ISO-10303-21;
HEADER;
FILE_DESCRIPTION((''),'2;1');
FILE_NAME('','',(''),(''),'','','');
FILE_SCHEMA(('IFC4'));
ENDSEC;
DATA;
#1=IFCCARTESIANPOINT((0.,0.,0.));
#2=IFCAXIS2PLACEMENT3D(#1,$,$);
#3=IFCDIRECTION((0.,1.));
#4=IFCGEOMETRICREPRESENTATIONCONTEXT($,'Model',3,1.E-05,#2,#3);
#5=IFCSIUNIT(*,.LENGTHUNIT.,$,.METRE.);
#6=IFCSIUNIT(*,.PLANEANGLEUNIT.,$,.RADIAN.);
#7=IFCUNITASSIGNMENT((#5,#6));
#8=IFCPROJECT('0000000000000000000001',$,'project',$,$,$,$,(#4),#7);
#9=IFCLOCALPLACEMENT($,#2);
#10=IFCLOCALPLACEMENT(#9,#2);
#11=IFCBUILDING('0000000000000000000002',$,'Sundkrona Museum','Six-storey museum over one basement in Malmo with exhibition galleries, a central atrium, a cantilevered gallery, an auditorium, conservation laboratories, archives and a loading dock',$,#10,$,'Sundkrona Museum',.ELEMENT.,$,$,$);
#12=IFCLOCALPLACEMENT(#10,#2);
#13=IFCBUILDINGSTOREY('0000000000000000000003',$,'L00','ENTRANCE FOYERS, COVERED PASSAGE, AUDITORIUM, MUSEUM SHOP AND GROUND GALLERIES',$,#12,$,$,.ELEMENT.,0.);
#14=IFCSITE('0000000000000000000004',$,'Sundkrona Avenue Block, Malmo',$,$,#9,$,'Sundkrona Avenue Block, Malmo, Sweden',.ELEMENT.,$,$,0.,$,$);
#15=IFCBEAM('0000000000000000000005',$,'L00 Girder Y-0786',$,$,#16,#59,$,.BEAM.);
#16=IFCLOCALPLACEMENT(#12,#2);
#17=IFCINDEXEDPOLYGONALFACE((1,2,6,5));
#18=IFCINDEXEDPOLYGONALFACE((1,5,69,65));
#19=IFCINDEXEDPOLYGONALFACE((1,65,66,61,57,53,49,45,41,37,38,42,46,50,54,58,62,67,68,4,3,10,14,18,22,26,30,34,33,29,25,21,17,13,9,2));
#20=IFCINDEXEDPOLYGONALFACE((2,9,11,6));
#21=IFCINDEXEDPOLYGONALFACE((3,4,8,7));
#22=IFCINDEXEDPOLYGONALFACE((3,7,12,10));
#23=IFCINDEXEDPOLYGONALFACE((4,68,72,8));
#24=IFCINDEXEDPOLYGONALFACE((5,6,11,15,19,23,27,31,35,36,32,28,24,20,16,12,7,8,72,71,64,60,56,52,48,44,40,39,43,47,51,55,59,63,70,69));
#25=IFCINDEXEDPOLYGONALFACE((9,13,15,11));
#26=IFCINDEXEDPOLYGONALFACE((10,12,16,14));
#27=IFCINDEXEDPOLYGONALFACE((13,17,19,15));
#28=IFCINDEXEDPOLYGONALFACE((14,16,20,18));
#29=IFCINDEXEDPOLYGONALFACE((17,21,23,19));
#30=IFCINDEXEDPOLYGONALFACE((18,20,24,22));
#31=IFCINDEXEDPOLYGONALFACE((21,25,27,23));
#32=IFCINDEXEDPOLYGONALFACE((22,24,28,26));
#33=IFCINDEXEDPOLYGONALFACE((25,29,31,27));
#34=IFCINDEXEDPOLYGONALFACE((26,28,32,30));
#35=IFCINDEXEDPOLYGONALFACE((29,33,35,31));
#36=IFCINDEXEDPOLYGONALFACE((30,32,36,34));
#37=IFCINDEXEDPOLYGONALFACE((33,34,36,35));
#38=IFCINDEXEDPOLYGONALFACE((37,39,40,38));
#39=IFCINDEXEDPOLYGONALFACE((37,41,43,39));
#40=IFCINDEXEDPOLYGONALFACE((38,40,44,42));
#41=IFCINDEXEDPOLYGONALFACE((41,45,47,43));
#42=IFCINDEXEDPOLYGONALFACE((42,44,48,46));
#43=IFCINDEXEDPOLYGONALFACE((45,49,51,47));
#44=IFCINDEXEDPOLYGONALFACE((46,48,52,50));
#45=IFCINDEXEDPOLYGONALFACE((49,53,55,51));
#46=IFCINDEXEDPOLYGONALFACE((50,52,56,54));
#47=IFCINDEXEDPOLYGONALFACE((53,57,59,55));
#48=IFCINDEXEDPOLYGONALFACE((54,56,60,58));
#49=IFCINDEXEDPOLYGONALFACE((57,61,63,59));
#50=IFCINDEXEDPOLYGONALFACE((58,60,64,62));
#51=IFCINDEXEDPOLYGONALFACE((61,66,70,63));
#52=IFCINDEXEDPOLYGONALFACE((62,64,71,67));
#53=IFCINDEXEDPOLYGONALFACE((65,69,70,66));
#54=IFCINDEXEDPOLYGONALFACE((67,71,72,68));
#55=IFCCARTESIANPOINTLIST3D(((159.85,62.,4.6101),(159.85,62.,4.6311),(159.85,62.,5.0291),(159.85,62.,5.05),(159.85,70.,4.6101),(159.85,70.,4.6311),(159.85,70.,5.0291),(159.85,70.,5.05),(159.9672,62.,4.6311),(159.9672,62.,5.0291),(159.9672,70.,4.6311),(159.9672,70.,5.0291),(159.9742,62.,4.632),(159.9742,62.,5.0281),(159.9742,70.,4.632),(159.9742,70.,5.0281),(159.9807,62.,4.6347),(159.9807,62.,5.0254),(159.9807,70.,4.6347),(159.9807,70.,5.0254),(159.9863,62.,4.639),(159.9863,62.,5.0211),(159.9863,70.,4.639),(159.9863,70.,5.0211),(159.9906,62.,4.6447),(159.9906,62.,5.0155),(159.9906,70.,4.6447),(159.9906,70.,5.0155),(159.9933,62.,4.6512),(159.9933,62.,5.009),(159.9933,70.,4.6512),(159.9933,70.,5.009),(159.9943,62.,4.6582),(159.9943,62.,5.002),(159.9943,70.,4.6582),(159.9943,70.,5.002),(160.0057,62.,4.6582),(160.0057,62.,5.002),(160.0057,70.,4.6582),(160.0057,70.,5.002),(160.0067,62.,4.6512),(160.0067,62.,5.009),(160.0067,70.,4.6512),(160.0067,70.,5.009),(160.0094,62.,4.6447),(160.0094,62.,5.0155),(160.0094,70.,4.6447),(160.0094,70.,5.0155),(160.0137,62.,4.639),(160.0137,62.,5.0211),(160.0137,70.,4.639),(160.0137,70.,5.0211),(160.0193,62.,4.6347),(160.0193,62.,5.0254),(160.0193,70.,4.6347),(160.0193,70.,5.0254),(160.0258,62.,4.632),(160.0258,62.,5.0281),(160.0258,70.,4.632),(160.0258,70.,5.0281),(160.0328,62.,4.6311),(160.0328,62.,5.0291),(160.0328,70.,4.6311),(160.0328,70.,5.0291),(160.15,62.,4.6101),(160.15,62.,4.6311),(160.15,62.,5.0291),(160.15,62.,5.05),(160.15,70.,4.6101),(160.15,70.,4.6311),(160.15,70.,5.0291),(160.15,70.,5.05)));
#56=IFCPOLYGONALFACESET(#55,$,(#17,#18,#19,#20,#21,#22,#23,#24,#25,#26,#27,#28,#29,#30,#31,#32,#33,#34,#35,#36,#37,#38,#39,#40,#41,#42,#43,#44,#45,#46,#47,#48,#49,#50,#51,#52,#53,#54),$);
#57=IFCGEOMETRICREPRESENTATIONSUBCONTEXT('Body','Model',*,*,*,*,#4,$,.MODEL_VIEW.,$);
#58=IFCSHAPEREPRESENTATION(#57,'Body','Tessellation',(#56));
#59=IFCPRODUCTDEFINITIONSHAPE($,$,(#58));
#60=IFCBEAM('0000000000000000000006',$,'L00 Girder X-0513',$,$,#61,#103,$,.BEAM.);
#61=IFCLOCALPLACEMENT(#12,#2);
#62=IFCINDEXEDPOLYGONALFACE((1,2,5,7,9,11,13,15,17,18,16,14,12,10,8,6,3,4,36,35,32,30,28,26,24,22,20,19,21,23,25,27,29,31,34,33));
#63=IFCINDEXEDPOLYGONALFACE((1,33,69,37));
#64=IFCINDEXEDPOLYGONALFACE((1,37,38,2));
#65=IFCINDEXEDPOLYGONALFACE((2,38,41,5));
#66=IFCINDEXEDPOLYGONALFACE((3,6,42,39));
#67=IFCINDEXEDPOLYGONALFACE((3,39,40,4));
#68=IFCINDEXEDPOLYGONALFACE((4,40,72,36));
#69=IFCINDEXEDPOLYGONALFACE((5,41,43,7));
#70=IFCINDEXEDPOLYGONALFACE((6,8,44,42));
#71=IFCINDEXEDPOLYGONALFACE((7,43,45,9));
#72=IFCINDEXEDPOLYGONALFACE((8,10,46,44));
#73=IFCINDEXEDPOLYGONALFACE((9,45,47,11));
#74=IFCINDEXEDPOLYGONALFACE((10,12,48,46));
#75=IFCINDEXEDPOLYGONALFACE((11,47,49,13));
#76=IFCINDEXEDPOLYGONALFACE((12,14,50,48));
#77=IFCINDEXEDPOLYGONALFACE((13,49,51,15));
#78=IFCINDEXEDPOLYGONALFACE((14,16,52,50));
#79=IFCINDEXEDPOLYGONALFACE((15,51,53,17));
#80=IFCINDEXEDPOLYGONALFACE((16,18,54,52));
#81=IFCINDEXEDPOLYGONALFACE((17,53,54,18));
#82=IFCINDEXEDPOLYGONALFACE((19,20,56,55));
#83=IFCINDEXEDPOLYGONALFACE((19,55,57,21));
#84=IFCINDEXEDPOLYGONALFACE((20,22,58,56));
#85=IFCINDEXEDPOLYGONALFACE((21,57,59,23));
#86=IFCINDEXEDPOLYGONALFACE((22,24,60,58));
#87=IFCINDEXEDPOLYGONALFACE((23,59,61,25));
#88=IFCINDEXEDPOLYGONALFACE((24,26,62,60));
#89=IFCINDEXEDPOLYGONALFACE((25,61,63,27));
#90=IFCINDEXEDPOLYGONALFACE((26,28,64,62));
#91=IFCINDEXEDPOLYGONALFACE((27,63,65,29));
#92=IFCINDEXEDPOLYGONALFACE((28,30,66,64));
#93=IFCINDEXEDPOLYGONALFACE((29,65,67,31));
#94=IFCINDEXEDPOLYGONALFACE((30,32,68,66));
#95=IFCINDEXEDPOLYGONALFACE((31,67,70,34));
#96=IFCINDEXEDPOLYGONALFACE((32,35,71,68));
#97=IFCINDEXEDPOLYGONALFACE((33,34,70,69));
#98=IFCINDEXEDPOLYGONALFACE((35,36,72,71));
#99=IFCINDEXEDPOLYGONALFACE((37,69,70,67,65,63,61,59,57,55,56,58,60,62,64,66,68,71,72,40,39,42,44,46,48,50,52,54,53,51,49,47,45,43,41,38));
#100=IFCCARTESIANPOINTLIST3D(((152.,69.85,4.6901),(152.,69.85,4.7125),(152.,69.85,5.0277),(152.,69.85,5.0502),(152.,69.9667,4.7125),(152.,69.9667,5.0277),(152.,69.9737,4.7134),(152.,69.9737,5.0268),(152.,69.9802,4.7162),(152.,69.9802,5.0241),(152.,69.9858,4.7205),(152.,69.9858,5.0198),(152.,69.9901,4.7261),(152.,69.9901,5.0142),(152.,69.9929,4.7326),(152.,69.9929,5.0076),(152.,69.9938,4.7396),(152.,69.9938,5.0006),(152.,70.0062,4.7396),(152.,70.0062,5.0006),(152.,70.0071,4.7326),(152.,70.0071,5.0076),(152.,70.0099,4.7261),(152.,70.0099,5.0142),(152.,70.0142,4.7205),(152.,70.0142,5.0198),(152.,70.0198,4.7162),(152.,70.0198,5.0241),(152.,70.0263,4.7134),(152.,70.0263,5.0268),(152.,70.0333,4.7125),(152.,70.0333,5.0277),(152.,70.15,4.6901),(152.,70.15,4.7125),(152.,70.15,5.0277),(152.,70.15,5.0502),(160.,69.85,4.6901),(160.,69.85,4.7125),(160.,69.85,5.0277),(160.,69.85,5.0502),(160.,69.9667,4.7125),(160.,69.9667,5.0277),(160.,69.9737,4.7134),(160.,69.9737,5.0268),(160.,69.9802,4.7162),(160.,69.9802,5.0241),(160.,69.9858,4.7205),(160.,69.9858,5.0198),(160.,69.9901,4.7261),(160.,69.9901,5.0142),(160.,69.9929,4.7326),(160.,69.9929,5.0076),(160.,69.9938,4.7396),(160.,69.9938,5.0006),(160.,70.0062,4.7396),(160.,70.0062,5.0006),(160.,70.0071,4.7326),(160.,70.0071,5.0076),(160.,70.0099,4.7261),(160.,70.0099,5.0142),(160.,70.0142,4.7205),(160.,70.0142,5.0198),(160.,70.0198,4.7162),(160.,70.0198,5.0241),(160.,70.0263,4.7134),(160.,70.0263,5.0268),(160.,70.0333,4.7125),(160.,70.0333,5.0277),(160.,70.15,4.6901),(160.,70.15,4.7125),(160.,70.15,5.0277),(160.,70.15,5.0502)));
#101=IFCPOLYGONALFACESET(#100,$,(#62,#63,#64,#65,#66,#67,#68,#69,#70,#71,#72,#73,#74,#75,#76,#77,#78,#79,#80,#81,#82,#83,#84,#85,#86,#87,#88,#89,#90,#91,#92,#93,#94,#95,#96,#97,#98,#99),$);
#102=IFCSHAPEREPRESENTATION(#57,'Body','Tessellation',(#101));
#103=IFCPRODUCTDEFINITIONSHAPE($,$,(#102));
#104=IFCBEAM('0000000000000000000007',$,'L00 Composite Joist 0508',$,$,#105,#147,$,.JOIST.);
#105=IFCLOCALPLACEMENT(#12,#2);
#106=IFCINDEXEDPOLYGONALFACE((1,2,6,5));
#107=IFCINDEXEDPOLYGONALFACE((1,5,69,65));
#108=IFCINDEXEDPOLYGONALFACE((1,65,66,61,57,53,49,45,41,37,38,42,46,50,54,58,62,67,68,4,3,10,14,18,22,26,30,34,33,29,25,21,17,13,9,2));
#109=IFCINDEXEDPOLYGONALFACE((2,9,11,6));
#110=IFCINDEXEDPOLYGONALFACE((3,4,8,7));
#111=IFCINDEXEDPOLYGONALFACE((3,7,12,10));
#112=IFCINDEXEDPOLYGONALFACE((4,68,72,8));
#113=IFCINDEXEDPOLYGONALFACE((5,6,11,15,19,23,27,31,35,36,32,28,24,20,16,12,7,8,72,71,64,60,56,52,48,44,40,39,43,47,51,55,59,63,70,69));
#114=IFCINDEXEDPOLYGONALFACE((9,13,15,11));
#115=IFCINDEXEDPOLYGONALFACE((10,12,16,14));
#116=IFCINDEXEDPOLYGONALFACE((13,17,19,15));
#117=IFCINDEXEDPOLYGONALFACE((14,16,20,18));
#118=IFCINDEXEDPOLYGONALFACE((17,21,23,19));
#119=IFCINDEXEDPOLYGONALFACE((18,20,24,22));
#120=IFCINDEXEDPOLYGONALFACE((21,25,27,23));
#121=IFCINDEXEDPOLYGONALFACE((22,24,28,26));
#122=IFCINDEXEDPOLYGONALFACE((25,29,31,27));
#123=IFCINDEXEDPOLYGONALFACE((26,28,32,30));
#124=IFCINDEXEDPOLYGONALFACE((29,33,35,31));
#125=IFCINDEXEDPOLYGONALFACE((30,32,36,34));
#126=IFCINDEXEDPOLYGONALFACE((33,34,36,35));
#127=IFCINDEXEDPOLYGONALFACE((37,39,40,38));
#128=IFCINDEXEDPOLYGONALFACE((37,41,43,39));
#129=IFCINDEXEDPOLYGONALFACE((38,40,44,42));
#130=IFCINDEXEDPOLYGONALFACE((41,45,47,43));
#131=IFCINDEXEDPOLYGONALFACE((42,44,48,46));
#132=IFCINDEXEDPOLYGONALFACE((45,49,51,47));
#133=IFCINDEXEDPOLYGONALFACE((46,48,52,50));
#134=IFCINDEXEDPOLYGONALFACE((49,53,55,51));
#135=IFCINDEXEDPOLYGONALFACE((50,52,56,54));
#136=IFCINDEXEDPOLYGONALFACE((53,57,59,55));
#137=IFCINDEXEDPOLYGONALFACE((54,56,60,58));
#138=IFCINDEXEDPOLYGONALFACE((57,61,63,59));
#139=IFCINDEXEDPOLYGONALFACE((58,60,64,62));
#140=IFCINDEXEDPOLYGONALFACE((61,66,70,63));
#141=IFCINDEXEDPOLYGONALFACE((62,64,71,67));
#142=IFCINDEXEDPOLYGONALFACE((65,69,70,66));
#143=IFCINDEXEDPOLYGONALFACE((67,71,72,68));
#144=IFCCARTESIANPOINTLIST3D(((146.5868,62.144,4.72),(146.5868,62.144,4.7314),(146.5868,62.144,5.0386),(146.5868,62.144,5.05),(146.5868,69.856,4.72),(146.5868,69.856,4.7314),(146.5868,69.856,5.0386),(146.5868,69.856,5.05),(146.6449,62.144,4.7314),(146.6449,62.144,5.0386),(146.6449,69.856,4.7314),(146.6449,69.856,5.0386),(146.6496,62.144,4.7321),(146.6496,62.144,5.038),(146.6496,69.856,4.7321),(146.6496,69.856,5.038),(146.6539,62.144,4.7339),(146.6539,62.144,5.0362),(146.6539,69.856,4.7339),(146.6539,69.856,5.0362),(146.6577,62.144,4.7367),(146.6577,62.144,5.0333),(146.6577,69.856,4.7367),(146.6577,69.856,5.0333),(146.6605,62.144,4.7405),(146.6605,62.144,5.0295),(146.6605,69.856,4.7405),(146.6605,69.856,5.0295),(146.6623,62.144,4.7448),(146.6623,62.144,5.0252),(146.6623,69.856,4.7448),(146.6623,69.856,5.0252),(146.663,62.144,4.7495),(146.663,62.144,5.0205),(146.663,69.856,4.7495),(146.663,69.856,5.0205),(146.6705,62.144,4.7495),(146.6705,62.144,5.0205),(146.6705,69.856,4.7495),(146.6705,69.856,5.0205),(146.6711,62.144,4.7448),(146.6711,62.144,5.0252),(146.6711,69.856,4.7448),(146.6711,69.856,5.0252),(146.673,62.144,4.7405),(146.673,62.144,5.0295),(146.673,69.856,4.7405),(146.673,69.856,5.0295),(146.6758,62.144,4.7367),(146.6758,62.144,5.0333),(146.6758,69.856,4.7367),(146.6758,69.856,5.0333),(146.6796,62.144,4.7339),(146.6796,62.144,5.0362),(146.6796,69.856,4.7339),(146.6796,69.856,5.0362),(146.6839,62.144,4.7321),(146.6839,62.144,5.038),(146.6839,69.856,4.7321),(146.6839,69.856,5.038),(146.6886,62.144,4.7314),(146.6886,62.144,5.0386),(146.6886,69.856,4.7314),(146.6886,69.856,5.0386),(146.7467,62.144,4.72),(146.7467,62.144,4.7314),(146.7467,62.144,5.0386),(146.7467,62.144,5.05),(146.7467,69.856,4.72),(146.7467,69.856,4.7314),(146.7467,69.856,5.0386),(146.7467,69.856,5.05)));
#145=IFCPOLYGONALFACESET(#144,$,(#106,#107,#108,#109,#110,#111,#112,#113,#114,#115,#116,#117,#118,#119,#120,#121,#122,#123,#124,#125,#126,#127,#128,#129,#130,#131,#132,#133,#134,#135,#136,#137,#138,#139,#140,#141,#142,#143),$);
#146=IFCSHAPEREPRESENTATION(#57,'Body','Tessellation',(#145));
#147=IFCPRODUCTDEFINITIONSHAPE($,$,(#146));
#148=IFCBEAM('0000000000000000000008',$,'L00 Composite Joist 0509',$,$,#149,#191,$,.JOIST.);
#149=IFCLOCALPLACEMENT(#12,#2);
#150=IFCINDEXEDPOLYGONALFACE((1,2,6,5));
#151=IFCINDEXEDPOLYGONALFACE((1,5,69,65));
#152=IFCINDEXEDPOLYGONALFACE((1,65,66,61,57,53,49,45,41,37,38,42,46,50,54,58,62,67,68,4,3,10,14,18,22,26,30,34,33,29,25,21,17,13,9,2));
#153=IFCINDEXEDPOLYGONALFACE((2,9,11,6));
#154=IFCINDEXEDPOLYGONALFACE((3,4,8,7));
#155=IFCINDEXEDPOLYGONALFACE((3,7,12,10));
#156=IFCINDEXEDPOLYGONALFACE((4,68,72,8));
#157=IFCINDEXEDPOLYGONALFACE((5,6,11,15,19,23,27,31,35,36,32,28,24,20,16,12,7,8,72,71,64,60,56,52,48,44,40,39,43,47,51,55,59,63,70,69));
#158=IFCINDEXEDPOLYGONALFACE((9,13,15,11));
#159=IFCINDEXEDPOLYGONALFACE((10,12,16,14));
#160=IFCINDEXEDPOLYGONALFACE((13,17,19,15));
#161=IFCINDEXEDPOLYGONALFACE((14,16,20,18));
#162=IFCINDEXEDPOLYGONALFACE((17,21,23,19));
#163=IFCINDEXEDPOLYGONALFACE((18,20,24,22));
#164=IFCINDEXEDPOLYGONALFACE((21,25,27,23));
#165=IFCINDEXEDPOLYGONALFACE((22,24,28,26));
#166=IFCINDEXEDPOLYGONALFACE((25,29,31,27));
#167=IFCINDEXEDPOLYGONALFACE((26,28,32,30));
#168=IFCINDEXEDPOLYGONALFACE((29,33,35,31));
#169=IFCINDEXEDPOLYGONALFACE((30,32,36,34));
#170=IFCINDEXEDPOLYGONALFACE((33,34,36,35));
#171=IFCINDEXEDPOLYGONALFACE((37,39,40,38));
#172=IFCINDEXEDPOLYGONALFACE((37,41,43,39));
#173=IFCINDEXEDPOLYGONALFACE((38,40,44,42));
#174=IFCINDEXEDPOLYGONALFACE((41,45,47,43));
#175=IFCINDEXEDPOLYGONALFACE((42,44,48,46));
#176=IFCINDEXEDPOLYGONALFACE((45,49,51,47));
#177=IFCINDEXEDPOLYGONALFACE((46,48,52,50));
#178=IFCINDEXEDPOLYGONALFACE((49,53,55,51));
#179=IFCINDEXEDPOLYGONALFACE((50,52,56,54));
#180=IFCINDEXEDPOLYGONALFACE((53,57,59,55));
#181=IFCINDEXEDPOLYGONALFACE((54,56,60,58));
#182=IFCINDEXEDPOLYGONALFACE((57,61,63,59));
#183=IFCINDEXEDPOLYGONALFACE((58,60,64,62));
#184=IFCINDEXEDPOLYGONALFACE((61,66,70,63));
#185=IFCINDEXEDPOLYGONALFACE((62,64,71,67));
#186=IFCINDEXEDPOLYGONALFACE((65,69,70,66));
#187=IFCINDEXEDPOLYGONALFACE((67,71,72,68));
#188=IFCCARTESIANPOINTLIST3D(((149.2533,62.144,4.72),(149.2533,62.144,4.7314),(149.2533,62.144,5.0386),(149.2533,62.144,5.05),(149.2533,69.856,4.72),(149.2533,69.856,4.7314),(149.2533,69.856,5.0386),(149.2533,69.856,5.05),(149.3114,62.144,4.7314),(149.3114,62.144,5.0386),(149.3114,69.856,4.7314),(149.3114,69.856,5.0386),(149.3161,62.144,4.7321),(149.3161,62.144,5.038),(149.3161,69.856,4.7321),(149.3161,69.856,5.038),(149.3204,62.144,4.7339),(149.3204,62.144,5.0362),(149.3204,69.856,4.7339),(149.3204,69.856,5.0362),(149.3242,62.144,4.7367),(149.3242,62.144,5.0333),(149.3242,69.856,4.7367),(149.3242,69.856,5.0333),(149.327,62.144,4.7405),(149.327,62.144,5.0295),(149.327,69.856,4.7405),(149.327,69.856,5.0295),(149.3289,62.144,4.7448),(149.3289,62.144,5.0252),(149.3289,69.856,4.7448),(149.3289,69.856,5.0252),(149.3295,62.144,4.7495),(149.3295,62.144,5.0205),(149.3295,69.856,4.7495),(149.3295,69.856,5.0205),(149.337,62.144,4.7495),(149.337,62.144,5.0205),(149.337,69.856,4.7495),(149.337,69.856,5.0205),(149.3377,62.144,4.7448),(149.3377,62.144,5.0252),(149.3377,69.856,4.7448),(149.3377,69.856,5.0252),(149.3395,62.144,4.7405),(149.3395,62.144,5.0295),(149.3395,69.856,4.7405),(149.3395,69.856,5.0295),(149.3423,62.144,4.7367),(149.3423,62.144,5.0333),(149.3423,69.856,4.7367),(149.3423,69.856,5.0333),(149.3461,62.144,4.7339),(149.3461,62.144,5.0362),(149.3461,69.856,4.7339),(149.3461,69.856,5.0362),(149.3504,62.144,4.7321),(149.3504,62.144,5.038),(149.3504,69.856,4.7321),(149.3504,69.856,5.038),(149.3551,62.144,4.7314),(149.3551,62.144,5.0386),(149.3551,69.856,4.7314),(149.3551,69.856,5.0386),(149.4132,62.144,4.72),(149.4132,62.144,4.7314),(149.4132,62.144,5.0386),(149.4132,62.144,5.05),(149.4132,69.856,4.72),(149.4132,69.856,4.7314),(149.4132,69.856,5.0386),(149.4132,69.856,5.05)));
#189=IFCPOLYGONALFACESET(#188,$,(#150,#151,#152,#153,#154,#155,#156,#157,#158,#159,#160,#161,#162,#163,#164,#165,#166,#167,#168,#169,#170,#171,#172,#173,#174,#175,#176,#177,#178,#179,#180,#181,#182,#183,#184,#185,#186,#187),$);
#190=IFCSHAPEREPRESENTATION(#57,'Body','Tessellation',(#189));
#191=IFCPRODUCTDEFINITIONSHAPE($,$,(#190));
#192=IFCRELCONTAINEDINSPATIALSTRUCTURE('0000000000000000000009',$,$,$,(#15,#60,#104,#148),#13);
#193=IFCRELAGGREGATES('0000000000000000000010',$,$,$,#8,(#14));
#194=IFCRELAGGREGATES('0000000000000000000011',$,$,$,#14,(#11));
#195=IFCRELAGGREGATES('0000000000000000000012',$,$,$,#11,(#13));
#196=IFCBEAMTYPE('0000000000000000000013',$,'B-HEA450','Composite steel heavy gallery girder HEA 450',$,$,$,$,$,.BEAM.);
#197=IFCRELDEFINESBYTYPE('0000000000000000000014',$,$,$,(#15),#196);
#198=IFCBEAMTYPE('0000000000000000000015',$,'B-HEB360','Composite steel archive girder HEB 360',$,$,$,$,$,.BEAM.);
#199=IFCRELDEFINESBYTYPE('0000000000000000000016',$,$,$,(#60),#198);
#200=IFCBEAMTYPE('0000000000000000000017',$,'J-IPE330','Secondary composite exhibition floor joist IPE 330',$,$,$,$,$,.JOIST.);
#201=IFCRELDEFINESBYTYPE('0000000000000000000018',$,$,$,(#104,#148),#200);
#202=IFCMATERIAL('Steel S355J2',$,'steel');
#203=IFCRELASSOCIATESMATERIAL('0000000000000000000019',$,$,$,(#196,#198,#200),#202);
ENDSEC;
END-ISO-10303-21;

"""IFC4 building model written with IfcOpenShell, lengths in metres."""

from ifc_helpers import new_model, si_unit, direction, frame, origin, origin_2d, place, context, subcontext, project, spatial, i_section, extrude, material, material_profile, profile_set, type_object, element, save


model = new_model("IFC4")

# Units and contexts
model_context = context("Model", 3, precision=1e-05, world=origin(), true_north=direction((0.0, 1.0)))
body_context = subcontext(model_context, "Body", "Model", "MODEL_VIEW")
ifc_project = project(units=[si_unit("LENGTHUNIT", "METRE"), si_unit("PLANEANGLEUNIT", "RADIAN")], contexts=[model_context])

# Site, building, storey
site_placement = place(None, origin())
site = spatial("IfcSite", under=ifc_project, at=site_placement, Name="Sundkrona Avenue Block, Malmo", LongName="Sundkrona Avenue Block, Malmo, Sweden", CompositionType="ELEMENT", RefElevation=0.0)
building_placement = place(site_placement, origin())
building = spatial("IfcBuilding", under=site, at=building_placement, Name="Sundkrona Museum", Description="Six-storey museum over one basement in Malmo with exhibition galleries, a central atrium, a cantilevered gallery, an auditorium, conservation laboratories, archives and a loading dock", LongName="Sundkrona Museum", CompositionType="ELEMENT")
storey_placement = place(building_placement, origin())
storey = spatial("IfcBuildingStorey", under=building, at=storey_placement, Name="L00", Description="ENTRANCE FOYERS, COVERED PASSAGE, AUDITORIUM, MUSEUM SHOP AND GROUND GALLERIES", CompositionType="ELEMENT", Elevation=0.0)

# Shared definitions
ifc_material = material(Name="Steel S355J2", Category="steel")

# Beams
ifc_material_profile_1 = material_profile(ifc_material, i_section(OverallWidth=0.3, OverallDepth=0.4399, WebThickness=0.0115, FlangeThickness=0.021, FilletRadius=0.0271, at=origin_2d()), Name="HEA 450")
ifc_profile_set_1 = profile_set([ifc_material_profile_1], Name="Steel S355J2")
beam_type_1 = type_object("IfcBeamType", Name="B-HEA450", Description="Composite steel heavy gallery girder HEA 450", PredefinedType="BEAM", material=ifc_profile_set_1)
for number, where, z_axis, x_axis, name in (
    (1, (160.0, 62.0, 4.8301), (0.0, 1.0, 0.0), (-1.0, 0.0, 0.0), "L00 Girder Y-0786"),
):
    element("IfcBeam", number, at=place(storey_placement, frame(where, z_axis=z_axis, x_axis=x_axis)), inside=storey, type_object=beam_type_1, Name=name, PredefinedType="BEAM", context=body_context, shape_type="SweptSolid", body=[
        extrude(i_section(OverallWidth=0.3, OverallDepth=0.4399, WebThickness=0.0115, FlangeThickness=0.021, FilletRadius=0.0271, at=origin_2d()), origin(), (0.0, 0.0, 1.0), 8.0),
    ])
ifc_material_profile_2 = material_profile(ifc_material, i_section(OverallWidth=0.3, OverallDepth=0.3601, WebThickness=0.0125, FlangeThickness=0.0225, FilletRadius=0.0271, at=origin_2d()), Name="HEB 360")
ifc_profile_set_2 = profile_set([ifc_material_profile_2], Name="Steel S355J2")
beam_type_2 = type_object("IfcBeamType", Name="B-HEB360", Description="Composite steel archive girder HEB 360", PredefinedType="BEAM", material=ifc_profile_set_2)
beam_placement = place(storey_placement, frame((152.0, 70.0, 4.8701), z_axis=(1.0, 0.0, 0.0), x_axis=(0.0, 1.0, 0.0)))
element("IfcBeam", 2, at=beam_placement, inside=storey, type_object=beam_type_2, Name="L00 Girder X-0513", PredefinedType="BEAM", context=body_context, shape_type="SweptSolid", body=[
    extrude(i_section(OverallWidth=0.3, OverallDepth=0.3601, WebThickness=0.0125, FlangeThickness=0.0225, FilletRadius=0.0271, at=origin_2d()), origin(), (0.0, 0.0, 1.0), 8.0),
])
ifc_material_profile_3 = material_profile(ifc_material, i_section(OverallWidth=0.1599, OverallDepth=0.3301, WebThickness=0.0076, FlangeThickness=0.0115, FilletRadius=0.0181, at=origin_2d()), Name="IPE 330")
ifc_profile_set_3 = profile_set([ifc_material_profile_3], Name="Steel S355J2")
beam_type_3 = type_object("IfcBeamType", Name="J-IPE330", Description="Secondary composite exhibition floor joist IPE 330", PredefinedType="JOIST", material=ifc_profile_set_3)
for number, where, z_axis, x_axis, name in (
    (3, (146.6667, 62.144, 4.885), (0.0, 1.0, 0.0), (-1.0, 0.0, 0.0), "L00 Composite Joist 0508"),
    (4, (149.3333, 62.144, 4.885), (0.0, 1.0, 0.0), (-1.0, 0.0, 0.0), "L00 Composite Joist 0509"),
):
    element("IfcBeam", number, at=place(storey_placement, frame(where, z_axis=z_axis, x_axis=x_axis)), inside=storey, type_object=beam_type_3, Name=name, PredefinedType="JOIST", context=body_context, shape_type="SweptSolid", body=[
        extrude(i_section(OverallWidth=0.1599, OverallDepth=0.3301, WebThickness=0.0076, FlangeThickness=0.0115, FilletRadius=0.0181, at=origin_2d()), origin(), (0.0, 0.0, 1.0), 7.7119),
    ])

save(model, "model.ifc")
